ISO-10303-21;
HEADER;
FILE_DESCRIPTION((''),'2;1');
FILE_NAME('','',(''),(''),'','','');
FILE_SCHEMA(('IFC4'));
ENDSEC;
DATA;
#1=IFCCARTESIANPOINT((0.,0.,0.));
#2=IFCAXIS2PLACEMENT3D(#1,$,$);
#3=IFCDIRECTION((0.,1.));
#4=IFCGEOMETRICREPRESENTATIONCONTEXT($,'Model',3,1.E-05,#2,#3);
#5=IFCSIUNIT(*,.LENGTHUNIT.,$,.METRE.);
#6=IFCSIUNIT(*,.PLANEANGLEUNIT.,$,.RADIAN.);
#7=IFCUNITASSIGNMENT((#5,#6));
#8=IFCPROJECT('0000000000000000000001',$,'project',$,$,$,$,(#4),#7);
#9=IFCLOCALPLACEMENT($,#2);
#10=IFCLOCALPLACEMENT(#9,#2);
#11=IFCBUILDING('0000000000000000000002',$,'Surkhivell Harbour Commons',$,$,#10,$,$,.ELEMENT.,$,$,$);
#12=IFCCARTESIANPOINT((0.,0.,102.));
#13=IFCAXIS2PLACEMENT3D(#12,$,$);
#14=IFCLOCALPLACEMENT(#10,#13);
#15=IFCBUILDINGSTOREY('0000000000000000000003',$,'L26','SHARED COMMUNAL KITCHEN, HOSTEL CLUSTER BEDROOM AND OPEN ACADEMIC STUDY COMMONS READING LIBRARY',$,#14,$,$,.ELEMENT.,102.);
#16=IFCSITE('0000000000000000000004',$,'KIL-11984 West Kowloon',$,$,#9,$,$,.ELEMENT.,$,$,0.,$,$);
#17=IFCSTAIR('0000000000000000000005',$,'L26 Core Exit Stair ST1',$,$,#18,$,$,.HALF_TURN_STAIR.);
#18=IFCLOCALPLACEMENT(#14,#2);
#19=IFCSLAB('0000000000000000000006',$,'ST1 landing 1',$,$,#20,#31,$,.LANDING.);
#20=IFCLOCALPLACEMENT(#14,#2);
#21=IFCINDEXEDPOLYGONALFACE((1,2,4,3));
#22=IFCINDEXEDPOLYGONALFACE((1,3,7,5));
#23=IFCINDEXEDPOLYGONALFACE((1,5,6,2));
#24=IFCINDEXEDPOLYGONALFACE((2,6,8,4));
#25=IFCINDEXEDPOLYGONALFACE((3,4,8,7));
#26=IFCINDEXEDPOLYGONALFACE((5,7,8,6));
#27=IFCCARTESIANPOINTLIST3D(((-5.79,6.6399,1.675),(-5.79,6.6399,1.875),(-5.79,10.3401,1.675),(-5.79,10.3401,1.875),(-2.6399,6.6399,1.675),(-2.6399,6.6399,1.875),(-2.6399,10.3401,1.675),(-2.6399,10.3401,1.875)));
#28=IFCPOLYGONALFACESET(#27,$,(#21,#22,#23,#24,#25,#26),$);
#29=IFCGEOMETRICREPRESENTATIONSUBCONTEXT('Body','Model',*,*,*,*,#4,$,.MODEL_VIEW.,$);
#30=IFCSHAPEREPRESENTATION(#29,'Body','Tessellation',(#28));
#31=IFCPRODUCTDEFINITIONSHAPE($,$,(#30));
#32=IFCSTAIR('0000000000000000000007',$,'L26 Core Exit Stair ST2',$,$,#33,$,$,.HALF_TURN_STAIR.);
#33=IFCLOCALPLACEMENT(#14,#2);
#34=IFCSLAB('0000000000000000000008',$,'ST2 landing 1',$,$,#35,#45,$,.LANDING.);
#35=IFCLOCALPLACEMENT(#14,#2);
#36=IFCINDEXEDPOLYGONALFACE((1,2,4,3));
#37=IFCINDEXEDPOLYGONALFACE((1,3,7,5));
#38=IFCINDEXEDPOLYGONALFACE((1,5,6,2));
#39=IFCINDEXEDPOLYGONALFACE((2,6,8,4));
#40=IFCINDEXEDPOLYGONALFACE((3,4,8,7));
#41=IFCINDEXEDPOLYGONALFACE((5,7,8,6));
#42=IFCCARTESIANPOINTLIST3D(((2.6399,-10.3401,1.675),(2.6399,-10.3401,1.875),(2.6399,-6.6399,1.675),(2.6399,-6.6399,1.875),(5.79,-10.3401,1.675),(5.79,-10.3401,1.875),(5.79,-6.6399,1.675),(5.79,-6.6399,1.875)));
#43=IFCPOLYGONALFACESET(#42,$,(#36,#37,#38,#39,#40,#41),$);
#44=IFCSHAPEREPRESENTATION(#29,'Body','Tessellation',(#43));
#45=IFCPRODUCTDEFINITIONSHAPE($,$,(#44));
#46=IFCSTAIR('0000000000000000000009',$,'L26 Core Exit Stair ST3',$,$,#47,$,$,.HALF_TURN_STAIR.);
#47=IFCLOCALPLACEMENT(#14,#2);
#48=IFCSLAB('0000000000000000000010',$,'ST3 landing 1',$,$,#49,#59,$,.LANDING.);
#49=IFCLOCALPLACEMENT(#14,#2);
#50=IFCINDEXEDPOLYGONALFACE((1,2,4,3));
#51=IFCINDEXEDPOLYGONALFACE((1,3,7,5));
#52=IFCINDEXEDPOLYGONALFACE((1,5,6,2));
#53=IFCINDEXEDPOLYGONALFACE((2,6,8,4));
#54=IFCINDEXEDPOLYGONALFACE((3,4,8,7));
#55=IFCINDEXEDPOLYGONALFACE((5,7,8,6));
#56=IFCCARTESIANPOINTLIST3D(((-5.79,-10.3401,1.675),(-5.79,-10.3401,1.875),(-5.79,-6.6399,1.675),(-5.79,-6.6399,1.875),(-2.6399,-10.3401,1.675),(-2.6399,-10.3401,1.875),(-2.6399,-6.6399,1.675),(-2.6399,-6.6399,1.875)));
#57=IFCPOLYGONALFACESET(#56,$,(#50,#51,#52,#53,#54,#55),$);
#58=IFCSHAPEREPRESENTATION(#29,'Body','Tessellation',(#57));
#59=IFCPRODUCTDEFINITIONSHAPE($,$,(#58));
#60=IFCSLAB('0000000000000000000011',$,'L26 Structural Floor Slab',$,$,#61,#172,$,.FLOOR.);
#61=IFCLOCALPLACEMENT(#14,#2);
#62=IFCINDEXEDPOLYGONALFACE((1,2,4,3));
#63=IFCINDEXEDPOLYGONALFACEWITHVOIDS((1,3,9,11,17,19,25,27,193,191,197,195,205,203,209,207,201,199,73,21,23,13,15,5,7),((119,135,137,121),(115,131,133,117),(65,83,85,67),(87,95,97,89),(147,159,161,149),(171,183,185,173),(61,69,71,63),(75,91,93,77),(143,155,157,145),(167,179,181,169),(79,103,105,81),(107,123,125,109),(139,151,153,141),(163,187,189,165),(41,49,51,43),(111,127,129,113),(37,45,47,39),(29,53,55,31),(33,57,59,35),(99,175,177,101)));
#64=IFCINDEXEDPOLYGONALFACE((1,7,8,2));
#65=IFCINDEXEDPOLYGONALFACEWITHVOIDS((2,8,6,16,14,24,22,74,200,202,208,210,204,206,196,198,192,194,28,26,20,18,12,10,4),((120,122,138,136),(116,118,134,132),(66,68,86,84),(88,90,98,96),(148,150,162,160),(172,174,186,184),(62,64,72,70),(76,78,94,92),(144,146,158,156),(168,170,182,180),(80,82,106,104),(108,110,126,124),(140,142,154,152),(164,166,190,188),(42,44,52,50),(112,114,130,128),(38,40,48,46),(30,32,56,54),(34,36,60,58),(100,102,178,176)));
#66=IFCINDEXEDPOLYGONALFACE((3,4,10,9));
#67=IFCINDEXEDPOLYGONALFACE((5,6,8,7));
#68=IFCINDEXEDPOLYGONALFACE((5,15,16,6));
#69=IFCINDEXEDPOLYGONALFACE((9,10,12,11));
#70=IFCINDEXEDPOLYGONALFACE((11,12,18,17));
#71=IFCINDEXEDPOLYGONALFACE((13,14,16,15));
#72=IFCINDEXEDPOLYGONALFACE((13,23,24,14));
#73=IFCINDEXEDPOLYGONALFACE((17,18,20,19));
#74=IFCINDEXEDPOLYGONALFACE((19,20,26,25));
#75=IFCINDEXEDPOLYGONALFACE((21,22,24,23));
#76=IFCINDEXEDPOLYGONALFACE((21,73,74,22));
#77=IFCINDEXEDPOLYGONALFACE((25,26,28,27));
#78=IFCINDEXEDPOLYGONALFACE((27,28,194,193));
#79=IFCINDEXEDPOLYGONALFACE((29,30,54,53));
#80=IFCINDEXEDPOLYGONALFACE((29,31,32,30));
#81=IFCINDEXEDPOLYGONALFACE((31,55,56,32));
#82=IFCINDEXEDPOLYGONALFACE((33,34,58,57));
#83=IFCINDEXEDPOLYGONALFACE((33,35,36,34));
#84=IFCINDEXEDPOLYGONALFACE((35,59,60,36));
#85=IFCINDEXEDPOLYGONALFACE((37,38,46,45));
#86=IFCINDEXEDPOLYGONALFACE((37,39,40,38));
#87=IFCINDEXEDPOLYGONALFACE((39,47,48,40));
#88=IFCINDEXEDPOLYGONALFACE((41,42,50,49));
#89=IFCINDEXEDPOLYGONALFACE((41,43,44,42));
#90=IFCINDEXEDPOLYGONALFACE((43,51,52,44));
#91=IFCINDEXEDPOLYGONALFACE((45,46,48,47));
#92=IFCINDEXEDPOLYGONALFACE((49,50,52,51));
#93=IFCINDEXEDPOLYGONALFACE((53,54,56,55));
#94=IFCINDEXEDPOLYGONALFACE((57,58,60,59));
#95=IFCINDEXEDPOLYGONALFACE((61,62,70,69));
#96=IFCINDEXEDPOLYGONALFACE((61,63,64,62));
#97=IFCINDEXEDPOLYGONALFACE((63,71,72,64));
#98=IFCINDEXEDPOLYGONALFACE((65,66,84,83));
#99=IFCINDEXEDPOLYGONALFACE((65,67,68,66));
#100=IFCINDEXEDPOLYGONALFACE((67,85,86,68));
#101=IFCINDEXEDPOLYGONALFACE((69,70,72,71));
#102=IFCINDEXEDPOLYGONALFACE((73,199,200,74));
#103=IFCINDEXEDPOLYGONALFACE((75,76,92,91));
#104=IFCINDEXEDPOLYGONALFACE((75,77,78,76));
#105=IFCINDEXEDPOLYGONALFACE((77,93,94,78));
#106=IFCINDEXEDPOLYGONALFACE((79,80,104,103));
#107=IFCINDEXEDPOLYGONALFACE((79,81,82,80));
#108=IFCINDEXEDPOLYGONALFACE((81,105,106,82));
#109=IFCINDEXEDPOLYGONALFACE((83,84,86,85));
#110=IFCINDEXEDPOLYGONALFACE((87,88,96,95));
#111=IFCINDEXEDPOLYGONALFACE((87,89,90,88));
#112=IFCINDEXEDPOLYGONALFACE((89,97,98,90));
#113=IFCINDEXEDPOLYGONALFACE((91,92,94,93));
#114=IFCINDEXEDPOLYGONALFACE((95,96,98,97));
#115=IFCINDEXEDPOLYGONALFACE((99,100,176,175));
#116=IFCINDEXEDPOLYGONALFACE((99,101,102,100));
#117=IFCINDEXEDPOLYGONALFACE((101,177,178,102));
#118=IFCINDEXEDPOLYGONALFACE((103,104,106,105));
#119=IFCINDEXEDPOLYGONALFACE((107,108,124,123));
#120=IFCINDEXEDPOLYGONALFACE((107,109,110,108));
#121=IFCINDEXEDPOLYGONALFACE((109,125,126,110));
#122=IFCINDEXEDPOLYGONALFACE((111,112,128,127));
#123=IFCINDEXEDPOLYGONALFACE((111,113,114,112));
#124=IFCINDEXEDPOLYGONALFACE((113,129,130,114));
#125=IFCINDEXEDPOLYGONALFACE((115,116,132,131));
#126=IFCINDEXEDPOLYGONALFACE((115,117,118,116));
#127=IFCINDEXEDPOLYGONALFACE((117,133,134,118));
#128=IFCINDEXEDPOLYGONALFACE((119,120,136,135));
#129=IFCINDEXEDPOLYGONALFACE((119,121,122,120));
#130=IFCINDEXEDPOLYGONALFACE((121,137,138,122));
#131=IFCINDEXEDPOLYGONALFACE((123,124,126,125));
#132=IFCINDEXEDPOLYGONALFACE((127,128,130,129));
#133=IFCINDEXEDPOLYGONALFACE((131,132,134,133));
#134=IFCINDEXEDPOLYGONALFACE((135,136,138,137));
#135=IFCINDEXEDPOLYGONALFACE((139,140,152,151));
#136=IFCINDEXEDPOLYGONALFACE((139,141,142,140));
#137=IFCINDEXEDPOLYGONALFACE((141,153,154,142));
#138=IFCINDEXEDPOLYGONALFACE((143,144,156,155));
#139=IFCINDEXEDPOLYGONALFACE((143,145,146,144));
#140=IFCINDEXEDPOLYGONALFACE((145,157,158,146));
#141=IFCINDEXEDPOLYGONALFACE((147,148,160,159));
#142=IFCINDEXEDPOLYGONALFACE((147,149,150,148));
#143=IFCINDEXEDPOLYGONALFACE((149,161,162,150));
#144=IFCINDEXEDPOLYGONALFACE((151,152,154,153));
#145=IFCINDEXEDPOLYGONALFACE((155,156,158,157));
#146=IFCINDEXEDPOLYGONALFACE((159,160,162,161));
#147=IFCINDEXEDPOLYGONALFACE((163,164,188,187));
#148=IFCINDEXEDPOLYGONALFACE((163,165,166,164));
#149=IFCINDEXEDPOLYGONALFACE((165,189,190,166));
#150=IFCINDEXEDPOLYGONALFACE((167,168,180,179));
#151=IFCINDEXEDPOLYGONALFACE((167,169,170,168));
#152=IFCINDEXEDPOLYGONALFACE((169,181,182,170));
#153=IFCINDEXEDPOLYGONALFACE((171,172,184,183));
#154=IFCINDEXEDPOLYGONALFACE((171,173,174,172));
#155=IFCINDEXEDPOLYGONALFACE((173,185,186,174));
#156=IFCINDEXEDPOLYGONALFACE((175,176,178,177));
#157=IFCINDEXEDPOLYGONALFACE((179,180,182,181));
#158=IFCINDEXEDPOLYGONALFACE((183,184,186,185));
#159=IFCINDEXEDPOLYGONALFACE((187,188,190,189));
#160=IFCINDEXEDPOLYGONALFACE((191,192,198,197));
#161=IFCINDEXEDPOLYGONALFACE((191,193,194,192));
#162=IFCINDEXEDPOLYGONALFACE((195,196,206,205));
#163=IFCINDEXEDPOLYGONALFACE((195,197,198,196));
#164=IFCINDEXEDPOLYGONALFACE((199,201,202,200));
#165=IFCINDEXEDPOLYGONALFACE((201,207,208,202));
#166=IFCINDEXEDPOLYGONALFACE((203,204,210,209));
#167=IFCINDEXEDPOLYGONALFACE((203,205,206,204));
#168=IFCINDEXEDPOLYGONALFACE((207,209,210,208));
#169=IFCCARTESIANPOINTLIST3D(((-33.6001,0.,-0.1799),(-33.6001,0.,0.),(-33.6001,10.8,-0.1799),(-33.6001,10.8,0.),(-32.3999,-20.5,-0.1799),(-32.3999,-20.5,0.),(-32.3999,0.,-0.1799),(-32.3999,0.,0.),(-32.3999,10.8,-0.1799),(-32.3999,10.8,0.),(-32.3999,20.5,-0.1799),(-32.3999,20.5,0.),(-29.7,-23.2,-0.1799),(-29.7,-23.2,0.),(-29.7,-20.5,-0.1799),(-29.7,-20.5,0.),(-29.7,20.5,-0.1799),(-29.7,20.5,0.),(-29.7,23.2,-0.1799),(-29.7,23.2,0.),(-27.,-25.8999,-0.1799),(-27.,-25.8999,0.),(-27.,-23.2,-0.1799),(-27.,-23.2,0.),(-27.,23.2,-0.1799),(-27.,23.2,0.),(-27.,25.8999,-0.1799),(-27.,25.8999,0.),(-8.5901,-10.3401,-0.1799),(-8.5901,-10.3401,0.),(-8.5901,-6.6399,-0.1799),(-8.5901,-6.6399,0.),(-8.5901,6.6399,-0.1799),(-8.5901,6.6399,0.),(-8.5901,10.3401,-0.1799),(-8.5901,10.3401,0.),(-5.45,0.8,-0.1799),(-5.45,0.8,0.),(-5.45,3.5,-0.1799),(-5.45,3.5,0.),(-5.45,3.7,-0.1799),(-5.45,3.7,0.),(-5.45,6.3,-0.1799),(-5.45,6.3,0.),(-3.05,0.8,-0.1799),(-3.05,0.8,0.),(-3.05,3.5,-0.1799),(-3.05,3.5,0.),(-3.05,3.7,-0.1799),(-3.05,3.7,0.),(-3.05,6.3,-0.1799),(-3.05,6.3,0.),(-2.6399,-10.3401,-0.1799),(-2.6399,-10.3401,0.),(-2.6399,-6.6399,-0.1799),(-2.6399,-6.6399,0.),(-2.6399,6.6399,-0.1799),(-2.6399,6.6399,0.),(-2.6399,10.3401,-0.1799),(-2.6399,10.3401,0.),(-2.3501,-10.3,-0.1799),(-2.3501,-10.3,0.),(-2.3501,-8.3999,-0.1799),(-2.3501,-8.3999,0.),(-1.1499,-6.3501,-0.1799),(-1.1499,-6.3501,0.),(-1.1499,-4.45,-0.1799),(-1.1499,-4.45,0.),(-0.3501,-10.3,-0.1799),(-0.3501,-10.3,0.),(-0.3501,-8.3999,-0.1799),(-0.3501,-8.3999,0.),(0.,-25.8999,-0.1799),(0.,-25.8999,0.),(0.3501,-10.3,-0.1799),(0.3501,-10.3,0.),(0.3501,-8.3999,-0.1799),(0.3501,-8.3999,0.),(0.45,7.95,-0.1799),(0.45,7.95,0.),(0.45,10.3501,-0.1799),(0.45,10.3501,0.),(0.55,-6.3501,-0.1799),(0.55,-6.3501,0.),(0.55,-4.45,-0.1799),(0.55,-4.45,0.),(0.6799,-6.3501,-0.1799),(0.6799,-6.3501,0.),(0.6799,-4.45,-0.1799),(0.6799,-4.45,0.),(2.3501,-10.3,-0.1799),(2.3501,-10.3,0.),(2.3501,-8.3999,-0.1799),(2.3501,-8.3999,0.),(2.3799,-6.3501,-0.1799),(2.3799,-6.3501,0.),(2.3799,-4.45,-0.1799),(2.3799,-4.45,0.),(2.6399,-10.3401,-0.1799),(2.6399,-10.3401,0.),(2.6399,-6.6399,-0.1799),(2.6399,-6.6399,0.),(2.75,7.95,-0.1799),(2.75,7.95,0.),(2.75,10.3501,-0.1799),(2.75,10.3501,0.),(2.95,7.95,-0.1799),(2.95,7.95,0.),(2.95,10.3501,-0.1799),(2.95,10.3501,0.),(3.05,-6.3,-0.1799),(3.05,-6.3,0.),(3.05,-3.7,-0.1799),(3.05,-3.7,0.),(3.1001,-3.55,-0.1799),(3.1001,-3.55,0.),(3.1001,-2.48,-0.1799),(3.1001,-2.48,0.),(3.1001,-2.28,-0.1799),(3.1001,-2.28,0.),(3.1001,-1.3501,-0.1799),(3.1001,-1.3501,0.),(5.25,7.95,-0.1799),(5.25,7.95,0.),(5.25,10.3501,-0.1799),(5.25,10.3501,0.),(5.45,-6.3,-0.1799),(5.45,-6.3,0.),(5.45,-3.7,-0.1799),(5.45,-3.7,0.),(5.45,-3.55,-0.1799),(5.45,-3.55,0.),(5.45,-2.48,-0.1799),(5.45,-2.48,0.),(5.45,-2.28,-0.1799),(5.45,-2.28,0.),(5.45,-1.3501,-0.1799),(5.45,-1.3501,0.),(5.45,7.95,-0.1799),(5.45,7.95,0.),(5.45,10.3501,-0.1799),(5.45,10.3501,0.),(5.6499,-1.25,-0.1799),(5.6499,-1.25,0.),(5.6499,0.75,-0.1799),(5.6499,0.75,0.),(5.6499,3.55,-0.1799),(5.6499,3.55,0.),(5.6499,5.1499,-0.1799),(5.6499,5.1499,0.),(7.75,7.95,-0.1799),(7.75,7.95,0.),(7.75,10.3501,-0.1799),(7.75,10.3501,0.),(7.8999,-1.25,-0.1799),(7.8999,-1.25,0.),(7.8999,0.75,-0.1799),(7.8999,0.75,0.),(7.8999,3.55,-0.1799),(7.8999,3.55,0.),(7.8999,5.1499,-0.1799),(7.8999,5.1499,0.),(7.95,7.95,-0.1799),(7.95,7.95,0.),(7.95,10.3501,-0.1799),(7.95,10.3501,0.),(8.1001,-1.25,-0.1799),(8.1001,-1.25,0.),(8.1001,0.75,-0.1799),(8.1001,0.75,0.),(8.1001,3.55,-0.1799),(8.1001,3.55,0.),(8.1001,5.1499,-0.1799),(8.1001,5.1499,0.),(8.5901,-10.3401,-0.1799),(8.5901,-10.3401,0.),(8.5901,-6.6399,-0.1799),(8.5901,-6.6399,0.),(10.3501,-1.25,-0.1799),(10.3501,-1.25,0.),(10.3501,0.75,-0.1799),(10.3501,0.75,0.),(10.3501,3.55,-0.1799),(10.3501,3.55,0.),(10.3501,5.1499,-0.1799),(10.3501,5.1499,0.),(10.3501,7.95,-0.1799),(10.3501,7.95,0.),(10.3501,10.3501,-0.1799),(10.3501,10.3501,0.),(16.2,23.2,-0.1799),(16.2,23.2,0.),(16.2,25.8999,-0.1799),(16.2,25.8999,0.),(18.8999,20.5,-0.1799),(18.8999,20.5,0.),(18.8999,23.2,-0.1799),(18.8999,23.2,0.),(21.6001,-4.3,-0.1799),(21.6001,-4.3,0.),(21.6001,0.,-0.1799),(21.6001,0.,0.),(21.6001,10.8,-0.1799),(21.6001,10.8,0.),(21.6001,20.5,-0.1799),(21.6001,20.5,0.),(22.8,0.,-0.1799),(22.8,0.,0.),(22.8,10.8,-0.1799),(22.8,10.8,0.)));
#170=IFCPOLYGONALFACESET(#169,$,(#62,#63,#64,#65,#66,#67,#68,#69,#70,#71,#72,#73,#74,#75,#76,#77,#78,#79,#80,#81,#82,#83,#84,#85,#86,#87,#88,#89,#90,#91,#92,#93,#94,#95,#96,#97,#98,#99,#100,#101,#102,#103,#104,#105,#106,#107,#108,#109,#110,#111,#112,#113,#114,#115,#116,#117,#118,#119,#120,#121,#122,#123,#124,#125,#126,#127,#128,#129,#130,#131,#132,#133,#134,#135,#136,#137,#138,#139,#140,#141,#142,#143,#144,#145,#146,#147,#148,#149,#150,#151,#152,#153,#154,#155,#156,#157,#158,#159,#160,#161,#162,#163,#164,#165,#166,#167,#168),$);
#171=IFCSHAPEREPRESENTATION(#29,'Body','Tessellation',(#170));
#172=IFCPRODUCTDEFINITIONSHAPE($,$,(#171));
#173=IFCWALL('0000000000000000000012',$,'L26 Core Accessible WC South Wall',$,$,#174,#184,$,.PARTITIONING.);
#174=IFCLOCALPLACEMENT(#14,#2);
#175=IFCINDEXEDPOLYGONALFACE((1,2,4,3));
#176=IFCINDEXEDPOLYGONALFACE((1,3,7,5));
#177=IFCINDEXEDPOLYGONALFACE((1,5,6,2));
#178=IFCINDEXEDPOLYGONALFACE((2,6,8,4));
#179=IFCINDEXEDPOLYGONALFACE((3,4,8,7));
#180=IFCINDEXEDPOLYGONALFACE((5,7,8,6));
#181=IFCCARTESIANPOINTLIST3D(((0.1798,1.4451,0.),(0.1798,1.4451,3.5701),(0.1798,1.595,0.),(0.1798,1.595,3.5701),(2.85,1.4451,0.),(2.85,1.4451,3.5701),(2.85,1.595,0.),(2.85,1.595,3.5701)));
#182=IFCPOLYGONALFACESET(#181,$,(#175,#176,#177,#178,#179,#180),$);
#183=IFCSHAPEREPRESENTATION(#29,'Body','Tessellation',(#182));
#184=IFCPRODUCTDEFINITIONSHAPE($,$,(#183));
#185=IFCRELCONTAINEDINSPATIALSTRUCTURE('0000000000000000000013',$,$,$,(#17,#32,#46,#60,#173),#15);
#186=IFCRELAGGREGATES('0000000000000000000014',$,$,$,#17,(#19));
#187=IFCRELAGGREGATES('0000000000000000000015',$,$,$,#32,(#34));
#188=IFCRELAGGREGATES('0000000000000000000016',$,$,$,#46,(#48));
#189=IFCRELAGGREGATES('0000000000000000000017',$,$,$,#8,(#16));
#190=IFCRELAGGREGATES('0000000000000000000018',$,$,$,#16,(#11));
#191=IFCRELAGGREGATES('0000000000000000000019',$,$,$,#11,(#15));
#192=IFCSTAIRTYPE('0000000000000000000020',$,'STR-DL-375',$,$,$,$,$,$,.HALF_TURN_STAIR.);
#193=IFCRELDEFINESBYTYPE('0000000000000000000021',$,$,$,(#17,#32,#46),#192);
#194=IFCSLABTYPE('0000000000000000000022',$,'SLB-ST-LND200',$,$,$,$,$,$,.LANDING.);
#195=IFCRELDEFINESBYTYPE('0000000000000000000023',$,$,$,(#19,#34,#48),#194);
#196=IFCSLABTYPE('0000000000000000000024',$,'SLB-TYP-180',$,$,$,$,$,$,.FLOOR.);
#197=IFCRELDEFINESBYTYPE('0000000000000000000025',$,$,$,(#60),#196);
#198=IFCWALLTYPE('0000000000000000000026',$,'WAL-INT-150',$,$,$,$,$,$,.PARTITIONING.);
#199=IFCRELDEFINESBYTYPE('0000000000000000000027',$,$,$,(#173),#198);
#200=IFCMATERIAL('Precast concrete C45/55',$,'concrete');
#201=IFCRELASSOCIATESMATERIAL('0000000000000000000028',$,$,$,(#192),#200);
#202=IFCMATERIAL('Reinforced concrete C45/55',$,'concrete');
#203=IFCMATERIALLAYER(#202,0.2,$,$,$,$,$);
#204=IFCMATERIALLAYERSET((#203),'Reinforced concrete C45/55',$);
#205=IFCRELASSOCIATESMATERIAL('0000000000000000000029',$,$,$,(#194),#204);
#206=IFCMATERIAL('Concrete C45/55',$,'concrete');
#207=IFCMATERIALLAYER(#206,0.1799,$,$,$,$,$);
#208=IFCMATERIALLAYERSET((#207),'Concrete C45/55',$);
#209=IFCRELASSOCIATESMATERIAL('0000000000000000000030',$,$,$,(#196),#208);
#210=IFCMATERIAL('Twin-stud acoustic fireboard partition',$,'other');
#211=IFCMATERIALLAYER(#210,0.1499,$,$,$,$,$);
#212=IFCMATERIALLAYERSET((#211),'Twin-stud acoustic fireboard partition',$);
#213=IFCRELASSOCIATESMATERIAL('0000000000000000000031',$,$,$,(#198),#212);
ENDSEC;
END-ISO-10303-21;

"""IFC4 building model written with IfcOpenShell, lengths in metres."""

from ifc_helpers import new_model, si_unit, direction, frame, frame_2d, origin, place, context, subcontext, project, spatial, polyline, rectangle, outline, extrude, material, layer, layer_set, type_object, element, aggregate, save


model = new_model("IFC4")

# Units and contexts
model_context = context("Model", 3, precision=1e-05, world=origin(), true_north=direction((0.0, 1.0)))
body_context = subcontext(model_context, "Body", "Model", "MODEL_VIEW")
ifc_project = project(units=[si_unit("LENGTHUNIT", "METRE"), si_unit("PLANEANGLEUNIT", "RADIAN")], contexts=[model_context])

# Site, building, storey
site_placement = place(None, origin())
site = spatial("IfcSite", under=ifc_project, at=site_placement, Name="KIL-11984 West Kowloon", CompositionType="ELEMENT", RefElevation=0.0)
building_placement = place(site_placement, origin())
building = spatial("IfcBuilding", under=site, at=building_placement, Name="Surkhivell Harbour Commons", CompositionType="ELEMENT")
storey_placement = place(building_placement, frame((0.0, 0.0, 102.0)))
storey = spatial("IfcBuildingStorey", under=building, at=storey_placement, Name="L26", Description="SHARED COMMUNAL KITCHEN, HOSTEL CLUSTER BEDROOM AND OPEN ACADEMIC STUDY COMMONS READING LIBRARY", CompositionType="ELEMENT", Elevation=102.0)

# Stairs, slabs
ifc_material_1 = material(Name="Precast concrete C45/55", Category="concrete")
stair_type = type_object("IfcStairType", Name="STR-DL-375", PredefinedType="HALF_TURN_STAIR", material=ifc_material_1)
stair_1_placement = place(storey_placement, origin())
stair_1 = element("IfcStair", 1, at=stair_1_placement, inside=storey, type_object=stair_type, Name="L26 Core Exit Stair ST1", PredefinedType="HALF_TURN_STAIR")
ifc_material_2 = material(Name="Reinforced concrete C45/55", Category="concrete")
ifc_layer_1 = layer(ifc_material_2, 0.2)
ifc_layer_set_1 = layer_set([ifc_layer_1], Name="Reinforced concrete C45/55")
slab_type_1 = type_object("IfcSlabType", Name="SLB-ST-LND200", PredefinedType="LANDING", material=ifc_layer_set_1)
slab_1_placement = place(storey_placement, frame((0.0, 0.0, 1.675)))
slab_1 = element("IfcSlab", 2, at=slab_1_placement, type_object=slab_type_1, Name="ST1 landing 1", PredefinedType="LANDING", context=body_context, shape_type="SweptSolid", body=[
    extrude(outline(polyline([(-5.79, 6.6399), (-2.6399, 6.6399), (-2.6399, 10.3401), (-5.79, 10.3401), (-5.79, 6.6399)])), origin(), (0.0, 0.0, 1.0), 0.2),
])
aggregate(stair_1, [slab_1])
stair_2_placement = place(storey_placement, origin())
stair_2 = element("IfcStair", 3, at=stair_2_placement, inside=storey, type_object=stair_type, Name="L26 Core Exit Stair ST2", PredefinedType="HALF_TURN_STAIR")
slab_2_placement = place(storey_placement, frame((0.0, 0.0, 1.675)))
slab_2 = element("IfcSlab", 4, at=slab_2_placement, type_object=slab_type_1, Name="ST2 landing 1", PredefinedType="LANDING", context=body_context, shape_type="SweptSolid", body=[
    extrude(outline(polyline([(5.79, -6.6399), (2.6399, -6.6399), (2.6399, -10.3401), (5.79, -10.3401), (5.79, -6.6399)])), origin(), (0.0, 0.0, 1.0), 0.2),
])
aggregate(stair_2, [slab_2])
stair_3_placement = place(storey_placement, origin())
stair_3 = element("IfcStair", 5, at=stair_3_placement, inside=storey, type_object=stair_type, Name="L26 Core Exit Stair ST3", PredefinedType="HALF_TURN_STAIR")
slab_3_placement = place(storey_placement, frame((0.0, 0.0, 1.675)))
slab_3 = element("IfcSlab", 6, at=slab_3_placement, type_object=slab_type_1, Name="ST3 landing 1", PredefinedType="LANDING", context=body_context, shape_type="SweptSolid", body=[
    extrude(outline(polyline([(-5.79, -10.3401), (-2.6399, -10.3401), (-2.6399, -6.6399), (-5.79, -6.6399), (-5.79, -10.3401)])), origin(), (0.0, 0.0, 1.0), 0.2),
])
aggregate(stair_3, [slab_3])

# Slab
ifc_material_3 = material(Name="Concrete C45/55", Category="concrete")
ifc_layer_2 = layer(ifc_material_3, 0.1799)
ifc_layer_set_2 = layer_set([ifc_layer_2], Name="Concrete C45/55")
slab_type_2 = type_object("IfcSlabType", Name="SLB-TYP-180", PredefinedType="FLOOR", material=ifc_layer_set_2)
slab_4_placement = place(storey_placement, frame((0.0, 0.0, -0.1799)))
element("IfcSlab", 7, at=slab_4_placement, inside=storey, type_object=slab_type_2, Name="L26 Structural Floor Slab", PredefinedType="FLOOR", context=body_context, shape_type="SweptSolid", body=[
    extrude(outline(polyline([(-32.3999, 20.5), (-32.3999, 10.8), (-33.6001, 10.8), (-33.6001, 0.0), (-32.3999, 0.0), (-32.3999, -20.5), (-29.7, -20.5), (-29.7, -23.2), (-27.0, -23.2), (-27.0, -25.8999), (0.0, -25.8999), (21.6001, -4.3), (21.6001, 0.0), (22.8, 0.0), (22.8, 10.8), (21.6001, 10.8), (21.6001, 20.5), (18.8999, 20.5), (18.8999, 23.2), (16.2, 23.2), (16.2, 25.8999), (-27.0, 25.8999), (-27.0, 23.2), (-29.7, 23.2), (-29.7, 20.5), (-32.3999, 20.5)]), holes=[polyline([(-8.5901, 6.6399), (-2.6399, 6.6399), (-2.6399, 10.3401), (-8.5901, 10.3401), (-8.5901, 6.6399)]), polyline([(8.5901, -6.6399), (2.6399, -6.6399), (2.6399, -10.3401), (8.5901, -10.3401), (8.5901, -6.6399)]), polyline([(-8.5901, -10.3401), (-2.6399, -10.3401), (-2.6399, -6.6399), (-8.5901, -6.6399), (-8.5901, -10.3401)]), polyline([(0.45, 7.95), (2.75, 7.95), (2.75, 10.3501), (0.45, 10.3501), (0.45, 7.95)]), polyline([(2.95, 7.95), (5.25, 7.95), (5.25, 10.3501), (2.95, 10.3501), (2.95, 7.95)]), polyline([(5.45, 7.95), (7.75, 7.95), (7.75, 10.3501), (5.45, 10.3501), (5.45, 7.95)]), polyline([(7.95, 7.95), (10.3501, 7.95), (10.3501, 10.3501), (7.95, 10.3501), (7.95, 7.95)]), polyline([(5.6499, 3.55), (7.8999, 3.55), (7.8999, 5.1499), (5.6499, 5.1499), (5.6499, 3.55)]), polyline([(8.1001, 3.55), (10.3501, 3.55), (10.3501, 5.1499), (8.1001, 5.1499), (8.1001, 3.55)]), polyline([(5.6499, -1.25), (7.8999, -1.25), (7.8999, 0.75), (5.6499, 0.75), (5.6499, -1.25)]), polyline([(8.1001, -1.25), (10.3501, -1.25), (10.3501, 0.75), (8.1001, 0.75), (8.1001, -1.25)]), polyline([(-1.1499, -6.3501), (0.55, -6.3501), (0.55, -4.45), (-1.1499, -4.45), (-1.1499, -6.3501)]), polyline([(0.6799, -6.3501), (2.3799, -6.3501), (2.3799, -4.45), (0.6799, -4.45), (0.6799, -6.3501)]), polyline([(-2.3501, -10.3), (-0.3501, -10.3), (-0.3501, -8.3999), (-2.3501, -8.3999), (-2.3501, -10.3)]), polyline([(0.3501, -10.3), (2.3501, -10.3), (2.3501, -8.3999), (0.3501, -8.3999), (0.3501, -10.3)]), polyline([(-5.45, 3.7), (-3.05, 3.7), (-3.05, 6.3), (-5.45, 6.3), (-5.45, 3.7)]), polyline([(3.05, -6.3), (5.45, -6.3), (5.45, -3.7), (3.05, -3.7), (3.05, -6.3)]), polyline([(-5.45, 0.8), (-3.05, 0.8), (-3.05, 3.5), (-5.45, 3.5), (-5.45, 0.8)]), polyline([(3.1001, -3.55), (5.45, -3.55), (5.45, -2.48), (3.1001, -2.48), (3.1001, -3.55)]), polyline([(3.1001, -2.28), (5.45, -2.28), (5.45, -1.3501), (3.1001, -1.3501), (3.1001, -2.28)])]), origin(), (0.0, 0.0, 1.0), 0.1799),
])

# Wall
ifc_material_4 = material(Name="Twin-stud acoustic fireboard partition", Category="other")
ifc_layer_3 = layer(ifc_material_4, 0.1499)
ifc_layer_set_3 = layer_set([ifc_layer_3], Name="Twin-stud acoustic fireboard partition")
wall_type_1 = type_object("IfcWallType", Name="WAL-INT-150", PredefinedType="PARTITIONING", material=ifc_layer_set_3)
wall_1_placement = place(storey_placement, frame((0.1799, 1.52, 0.0), z_axis=(0.0, 0.0, 1.0), x_axis=(1.0, 0.0, 0.0)))
element("IfcWall", 8, at=wall_1_placement, inside=storey, type_object=wall_type_1, Name="L26 Core Accessible WC South Wall", PredefinedType="PARTITIONING", context=body_context, shape_type="SweptSolid", body=[
    extrude(rectangle(XDim=2.6702, YDim=0.1499, at=frame_2d((1.335, 0.0))), origin(), (0.0, 0.0, 1.0), 3.5701),
])

save(model, "model.ifc")
